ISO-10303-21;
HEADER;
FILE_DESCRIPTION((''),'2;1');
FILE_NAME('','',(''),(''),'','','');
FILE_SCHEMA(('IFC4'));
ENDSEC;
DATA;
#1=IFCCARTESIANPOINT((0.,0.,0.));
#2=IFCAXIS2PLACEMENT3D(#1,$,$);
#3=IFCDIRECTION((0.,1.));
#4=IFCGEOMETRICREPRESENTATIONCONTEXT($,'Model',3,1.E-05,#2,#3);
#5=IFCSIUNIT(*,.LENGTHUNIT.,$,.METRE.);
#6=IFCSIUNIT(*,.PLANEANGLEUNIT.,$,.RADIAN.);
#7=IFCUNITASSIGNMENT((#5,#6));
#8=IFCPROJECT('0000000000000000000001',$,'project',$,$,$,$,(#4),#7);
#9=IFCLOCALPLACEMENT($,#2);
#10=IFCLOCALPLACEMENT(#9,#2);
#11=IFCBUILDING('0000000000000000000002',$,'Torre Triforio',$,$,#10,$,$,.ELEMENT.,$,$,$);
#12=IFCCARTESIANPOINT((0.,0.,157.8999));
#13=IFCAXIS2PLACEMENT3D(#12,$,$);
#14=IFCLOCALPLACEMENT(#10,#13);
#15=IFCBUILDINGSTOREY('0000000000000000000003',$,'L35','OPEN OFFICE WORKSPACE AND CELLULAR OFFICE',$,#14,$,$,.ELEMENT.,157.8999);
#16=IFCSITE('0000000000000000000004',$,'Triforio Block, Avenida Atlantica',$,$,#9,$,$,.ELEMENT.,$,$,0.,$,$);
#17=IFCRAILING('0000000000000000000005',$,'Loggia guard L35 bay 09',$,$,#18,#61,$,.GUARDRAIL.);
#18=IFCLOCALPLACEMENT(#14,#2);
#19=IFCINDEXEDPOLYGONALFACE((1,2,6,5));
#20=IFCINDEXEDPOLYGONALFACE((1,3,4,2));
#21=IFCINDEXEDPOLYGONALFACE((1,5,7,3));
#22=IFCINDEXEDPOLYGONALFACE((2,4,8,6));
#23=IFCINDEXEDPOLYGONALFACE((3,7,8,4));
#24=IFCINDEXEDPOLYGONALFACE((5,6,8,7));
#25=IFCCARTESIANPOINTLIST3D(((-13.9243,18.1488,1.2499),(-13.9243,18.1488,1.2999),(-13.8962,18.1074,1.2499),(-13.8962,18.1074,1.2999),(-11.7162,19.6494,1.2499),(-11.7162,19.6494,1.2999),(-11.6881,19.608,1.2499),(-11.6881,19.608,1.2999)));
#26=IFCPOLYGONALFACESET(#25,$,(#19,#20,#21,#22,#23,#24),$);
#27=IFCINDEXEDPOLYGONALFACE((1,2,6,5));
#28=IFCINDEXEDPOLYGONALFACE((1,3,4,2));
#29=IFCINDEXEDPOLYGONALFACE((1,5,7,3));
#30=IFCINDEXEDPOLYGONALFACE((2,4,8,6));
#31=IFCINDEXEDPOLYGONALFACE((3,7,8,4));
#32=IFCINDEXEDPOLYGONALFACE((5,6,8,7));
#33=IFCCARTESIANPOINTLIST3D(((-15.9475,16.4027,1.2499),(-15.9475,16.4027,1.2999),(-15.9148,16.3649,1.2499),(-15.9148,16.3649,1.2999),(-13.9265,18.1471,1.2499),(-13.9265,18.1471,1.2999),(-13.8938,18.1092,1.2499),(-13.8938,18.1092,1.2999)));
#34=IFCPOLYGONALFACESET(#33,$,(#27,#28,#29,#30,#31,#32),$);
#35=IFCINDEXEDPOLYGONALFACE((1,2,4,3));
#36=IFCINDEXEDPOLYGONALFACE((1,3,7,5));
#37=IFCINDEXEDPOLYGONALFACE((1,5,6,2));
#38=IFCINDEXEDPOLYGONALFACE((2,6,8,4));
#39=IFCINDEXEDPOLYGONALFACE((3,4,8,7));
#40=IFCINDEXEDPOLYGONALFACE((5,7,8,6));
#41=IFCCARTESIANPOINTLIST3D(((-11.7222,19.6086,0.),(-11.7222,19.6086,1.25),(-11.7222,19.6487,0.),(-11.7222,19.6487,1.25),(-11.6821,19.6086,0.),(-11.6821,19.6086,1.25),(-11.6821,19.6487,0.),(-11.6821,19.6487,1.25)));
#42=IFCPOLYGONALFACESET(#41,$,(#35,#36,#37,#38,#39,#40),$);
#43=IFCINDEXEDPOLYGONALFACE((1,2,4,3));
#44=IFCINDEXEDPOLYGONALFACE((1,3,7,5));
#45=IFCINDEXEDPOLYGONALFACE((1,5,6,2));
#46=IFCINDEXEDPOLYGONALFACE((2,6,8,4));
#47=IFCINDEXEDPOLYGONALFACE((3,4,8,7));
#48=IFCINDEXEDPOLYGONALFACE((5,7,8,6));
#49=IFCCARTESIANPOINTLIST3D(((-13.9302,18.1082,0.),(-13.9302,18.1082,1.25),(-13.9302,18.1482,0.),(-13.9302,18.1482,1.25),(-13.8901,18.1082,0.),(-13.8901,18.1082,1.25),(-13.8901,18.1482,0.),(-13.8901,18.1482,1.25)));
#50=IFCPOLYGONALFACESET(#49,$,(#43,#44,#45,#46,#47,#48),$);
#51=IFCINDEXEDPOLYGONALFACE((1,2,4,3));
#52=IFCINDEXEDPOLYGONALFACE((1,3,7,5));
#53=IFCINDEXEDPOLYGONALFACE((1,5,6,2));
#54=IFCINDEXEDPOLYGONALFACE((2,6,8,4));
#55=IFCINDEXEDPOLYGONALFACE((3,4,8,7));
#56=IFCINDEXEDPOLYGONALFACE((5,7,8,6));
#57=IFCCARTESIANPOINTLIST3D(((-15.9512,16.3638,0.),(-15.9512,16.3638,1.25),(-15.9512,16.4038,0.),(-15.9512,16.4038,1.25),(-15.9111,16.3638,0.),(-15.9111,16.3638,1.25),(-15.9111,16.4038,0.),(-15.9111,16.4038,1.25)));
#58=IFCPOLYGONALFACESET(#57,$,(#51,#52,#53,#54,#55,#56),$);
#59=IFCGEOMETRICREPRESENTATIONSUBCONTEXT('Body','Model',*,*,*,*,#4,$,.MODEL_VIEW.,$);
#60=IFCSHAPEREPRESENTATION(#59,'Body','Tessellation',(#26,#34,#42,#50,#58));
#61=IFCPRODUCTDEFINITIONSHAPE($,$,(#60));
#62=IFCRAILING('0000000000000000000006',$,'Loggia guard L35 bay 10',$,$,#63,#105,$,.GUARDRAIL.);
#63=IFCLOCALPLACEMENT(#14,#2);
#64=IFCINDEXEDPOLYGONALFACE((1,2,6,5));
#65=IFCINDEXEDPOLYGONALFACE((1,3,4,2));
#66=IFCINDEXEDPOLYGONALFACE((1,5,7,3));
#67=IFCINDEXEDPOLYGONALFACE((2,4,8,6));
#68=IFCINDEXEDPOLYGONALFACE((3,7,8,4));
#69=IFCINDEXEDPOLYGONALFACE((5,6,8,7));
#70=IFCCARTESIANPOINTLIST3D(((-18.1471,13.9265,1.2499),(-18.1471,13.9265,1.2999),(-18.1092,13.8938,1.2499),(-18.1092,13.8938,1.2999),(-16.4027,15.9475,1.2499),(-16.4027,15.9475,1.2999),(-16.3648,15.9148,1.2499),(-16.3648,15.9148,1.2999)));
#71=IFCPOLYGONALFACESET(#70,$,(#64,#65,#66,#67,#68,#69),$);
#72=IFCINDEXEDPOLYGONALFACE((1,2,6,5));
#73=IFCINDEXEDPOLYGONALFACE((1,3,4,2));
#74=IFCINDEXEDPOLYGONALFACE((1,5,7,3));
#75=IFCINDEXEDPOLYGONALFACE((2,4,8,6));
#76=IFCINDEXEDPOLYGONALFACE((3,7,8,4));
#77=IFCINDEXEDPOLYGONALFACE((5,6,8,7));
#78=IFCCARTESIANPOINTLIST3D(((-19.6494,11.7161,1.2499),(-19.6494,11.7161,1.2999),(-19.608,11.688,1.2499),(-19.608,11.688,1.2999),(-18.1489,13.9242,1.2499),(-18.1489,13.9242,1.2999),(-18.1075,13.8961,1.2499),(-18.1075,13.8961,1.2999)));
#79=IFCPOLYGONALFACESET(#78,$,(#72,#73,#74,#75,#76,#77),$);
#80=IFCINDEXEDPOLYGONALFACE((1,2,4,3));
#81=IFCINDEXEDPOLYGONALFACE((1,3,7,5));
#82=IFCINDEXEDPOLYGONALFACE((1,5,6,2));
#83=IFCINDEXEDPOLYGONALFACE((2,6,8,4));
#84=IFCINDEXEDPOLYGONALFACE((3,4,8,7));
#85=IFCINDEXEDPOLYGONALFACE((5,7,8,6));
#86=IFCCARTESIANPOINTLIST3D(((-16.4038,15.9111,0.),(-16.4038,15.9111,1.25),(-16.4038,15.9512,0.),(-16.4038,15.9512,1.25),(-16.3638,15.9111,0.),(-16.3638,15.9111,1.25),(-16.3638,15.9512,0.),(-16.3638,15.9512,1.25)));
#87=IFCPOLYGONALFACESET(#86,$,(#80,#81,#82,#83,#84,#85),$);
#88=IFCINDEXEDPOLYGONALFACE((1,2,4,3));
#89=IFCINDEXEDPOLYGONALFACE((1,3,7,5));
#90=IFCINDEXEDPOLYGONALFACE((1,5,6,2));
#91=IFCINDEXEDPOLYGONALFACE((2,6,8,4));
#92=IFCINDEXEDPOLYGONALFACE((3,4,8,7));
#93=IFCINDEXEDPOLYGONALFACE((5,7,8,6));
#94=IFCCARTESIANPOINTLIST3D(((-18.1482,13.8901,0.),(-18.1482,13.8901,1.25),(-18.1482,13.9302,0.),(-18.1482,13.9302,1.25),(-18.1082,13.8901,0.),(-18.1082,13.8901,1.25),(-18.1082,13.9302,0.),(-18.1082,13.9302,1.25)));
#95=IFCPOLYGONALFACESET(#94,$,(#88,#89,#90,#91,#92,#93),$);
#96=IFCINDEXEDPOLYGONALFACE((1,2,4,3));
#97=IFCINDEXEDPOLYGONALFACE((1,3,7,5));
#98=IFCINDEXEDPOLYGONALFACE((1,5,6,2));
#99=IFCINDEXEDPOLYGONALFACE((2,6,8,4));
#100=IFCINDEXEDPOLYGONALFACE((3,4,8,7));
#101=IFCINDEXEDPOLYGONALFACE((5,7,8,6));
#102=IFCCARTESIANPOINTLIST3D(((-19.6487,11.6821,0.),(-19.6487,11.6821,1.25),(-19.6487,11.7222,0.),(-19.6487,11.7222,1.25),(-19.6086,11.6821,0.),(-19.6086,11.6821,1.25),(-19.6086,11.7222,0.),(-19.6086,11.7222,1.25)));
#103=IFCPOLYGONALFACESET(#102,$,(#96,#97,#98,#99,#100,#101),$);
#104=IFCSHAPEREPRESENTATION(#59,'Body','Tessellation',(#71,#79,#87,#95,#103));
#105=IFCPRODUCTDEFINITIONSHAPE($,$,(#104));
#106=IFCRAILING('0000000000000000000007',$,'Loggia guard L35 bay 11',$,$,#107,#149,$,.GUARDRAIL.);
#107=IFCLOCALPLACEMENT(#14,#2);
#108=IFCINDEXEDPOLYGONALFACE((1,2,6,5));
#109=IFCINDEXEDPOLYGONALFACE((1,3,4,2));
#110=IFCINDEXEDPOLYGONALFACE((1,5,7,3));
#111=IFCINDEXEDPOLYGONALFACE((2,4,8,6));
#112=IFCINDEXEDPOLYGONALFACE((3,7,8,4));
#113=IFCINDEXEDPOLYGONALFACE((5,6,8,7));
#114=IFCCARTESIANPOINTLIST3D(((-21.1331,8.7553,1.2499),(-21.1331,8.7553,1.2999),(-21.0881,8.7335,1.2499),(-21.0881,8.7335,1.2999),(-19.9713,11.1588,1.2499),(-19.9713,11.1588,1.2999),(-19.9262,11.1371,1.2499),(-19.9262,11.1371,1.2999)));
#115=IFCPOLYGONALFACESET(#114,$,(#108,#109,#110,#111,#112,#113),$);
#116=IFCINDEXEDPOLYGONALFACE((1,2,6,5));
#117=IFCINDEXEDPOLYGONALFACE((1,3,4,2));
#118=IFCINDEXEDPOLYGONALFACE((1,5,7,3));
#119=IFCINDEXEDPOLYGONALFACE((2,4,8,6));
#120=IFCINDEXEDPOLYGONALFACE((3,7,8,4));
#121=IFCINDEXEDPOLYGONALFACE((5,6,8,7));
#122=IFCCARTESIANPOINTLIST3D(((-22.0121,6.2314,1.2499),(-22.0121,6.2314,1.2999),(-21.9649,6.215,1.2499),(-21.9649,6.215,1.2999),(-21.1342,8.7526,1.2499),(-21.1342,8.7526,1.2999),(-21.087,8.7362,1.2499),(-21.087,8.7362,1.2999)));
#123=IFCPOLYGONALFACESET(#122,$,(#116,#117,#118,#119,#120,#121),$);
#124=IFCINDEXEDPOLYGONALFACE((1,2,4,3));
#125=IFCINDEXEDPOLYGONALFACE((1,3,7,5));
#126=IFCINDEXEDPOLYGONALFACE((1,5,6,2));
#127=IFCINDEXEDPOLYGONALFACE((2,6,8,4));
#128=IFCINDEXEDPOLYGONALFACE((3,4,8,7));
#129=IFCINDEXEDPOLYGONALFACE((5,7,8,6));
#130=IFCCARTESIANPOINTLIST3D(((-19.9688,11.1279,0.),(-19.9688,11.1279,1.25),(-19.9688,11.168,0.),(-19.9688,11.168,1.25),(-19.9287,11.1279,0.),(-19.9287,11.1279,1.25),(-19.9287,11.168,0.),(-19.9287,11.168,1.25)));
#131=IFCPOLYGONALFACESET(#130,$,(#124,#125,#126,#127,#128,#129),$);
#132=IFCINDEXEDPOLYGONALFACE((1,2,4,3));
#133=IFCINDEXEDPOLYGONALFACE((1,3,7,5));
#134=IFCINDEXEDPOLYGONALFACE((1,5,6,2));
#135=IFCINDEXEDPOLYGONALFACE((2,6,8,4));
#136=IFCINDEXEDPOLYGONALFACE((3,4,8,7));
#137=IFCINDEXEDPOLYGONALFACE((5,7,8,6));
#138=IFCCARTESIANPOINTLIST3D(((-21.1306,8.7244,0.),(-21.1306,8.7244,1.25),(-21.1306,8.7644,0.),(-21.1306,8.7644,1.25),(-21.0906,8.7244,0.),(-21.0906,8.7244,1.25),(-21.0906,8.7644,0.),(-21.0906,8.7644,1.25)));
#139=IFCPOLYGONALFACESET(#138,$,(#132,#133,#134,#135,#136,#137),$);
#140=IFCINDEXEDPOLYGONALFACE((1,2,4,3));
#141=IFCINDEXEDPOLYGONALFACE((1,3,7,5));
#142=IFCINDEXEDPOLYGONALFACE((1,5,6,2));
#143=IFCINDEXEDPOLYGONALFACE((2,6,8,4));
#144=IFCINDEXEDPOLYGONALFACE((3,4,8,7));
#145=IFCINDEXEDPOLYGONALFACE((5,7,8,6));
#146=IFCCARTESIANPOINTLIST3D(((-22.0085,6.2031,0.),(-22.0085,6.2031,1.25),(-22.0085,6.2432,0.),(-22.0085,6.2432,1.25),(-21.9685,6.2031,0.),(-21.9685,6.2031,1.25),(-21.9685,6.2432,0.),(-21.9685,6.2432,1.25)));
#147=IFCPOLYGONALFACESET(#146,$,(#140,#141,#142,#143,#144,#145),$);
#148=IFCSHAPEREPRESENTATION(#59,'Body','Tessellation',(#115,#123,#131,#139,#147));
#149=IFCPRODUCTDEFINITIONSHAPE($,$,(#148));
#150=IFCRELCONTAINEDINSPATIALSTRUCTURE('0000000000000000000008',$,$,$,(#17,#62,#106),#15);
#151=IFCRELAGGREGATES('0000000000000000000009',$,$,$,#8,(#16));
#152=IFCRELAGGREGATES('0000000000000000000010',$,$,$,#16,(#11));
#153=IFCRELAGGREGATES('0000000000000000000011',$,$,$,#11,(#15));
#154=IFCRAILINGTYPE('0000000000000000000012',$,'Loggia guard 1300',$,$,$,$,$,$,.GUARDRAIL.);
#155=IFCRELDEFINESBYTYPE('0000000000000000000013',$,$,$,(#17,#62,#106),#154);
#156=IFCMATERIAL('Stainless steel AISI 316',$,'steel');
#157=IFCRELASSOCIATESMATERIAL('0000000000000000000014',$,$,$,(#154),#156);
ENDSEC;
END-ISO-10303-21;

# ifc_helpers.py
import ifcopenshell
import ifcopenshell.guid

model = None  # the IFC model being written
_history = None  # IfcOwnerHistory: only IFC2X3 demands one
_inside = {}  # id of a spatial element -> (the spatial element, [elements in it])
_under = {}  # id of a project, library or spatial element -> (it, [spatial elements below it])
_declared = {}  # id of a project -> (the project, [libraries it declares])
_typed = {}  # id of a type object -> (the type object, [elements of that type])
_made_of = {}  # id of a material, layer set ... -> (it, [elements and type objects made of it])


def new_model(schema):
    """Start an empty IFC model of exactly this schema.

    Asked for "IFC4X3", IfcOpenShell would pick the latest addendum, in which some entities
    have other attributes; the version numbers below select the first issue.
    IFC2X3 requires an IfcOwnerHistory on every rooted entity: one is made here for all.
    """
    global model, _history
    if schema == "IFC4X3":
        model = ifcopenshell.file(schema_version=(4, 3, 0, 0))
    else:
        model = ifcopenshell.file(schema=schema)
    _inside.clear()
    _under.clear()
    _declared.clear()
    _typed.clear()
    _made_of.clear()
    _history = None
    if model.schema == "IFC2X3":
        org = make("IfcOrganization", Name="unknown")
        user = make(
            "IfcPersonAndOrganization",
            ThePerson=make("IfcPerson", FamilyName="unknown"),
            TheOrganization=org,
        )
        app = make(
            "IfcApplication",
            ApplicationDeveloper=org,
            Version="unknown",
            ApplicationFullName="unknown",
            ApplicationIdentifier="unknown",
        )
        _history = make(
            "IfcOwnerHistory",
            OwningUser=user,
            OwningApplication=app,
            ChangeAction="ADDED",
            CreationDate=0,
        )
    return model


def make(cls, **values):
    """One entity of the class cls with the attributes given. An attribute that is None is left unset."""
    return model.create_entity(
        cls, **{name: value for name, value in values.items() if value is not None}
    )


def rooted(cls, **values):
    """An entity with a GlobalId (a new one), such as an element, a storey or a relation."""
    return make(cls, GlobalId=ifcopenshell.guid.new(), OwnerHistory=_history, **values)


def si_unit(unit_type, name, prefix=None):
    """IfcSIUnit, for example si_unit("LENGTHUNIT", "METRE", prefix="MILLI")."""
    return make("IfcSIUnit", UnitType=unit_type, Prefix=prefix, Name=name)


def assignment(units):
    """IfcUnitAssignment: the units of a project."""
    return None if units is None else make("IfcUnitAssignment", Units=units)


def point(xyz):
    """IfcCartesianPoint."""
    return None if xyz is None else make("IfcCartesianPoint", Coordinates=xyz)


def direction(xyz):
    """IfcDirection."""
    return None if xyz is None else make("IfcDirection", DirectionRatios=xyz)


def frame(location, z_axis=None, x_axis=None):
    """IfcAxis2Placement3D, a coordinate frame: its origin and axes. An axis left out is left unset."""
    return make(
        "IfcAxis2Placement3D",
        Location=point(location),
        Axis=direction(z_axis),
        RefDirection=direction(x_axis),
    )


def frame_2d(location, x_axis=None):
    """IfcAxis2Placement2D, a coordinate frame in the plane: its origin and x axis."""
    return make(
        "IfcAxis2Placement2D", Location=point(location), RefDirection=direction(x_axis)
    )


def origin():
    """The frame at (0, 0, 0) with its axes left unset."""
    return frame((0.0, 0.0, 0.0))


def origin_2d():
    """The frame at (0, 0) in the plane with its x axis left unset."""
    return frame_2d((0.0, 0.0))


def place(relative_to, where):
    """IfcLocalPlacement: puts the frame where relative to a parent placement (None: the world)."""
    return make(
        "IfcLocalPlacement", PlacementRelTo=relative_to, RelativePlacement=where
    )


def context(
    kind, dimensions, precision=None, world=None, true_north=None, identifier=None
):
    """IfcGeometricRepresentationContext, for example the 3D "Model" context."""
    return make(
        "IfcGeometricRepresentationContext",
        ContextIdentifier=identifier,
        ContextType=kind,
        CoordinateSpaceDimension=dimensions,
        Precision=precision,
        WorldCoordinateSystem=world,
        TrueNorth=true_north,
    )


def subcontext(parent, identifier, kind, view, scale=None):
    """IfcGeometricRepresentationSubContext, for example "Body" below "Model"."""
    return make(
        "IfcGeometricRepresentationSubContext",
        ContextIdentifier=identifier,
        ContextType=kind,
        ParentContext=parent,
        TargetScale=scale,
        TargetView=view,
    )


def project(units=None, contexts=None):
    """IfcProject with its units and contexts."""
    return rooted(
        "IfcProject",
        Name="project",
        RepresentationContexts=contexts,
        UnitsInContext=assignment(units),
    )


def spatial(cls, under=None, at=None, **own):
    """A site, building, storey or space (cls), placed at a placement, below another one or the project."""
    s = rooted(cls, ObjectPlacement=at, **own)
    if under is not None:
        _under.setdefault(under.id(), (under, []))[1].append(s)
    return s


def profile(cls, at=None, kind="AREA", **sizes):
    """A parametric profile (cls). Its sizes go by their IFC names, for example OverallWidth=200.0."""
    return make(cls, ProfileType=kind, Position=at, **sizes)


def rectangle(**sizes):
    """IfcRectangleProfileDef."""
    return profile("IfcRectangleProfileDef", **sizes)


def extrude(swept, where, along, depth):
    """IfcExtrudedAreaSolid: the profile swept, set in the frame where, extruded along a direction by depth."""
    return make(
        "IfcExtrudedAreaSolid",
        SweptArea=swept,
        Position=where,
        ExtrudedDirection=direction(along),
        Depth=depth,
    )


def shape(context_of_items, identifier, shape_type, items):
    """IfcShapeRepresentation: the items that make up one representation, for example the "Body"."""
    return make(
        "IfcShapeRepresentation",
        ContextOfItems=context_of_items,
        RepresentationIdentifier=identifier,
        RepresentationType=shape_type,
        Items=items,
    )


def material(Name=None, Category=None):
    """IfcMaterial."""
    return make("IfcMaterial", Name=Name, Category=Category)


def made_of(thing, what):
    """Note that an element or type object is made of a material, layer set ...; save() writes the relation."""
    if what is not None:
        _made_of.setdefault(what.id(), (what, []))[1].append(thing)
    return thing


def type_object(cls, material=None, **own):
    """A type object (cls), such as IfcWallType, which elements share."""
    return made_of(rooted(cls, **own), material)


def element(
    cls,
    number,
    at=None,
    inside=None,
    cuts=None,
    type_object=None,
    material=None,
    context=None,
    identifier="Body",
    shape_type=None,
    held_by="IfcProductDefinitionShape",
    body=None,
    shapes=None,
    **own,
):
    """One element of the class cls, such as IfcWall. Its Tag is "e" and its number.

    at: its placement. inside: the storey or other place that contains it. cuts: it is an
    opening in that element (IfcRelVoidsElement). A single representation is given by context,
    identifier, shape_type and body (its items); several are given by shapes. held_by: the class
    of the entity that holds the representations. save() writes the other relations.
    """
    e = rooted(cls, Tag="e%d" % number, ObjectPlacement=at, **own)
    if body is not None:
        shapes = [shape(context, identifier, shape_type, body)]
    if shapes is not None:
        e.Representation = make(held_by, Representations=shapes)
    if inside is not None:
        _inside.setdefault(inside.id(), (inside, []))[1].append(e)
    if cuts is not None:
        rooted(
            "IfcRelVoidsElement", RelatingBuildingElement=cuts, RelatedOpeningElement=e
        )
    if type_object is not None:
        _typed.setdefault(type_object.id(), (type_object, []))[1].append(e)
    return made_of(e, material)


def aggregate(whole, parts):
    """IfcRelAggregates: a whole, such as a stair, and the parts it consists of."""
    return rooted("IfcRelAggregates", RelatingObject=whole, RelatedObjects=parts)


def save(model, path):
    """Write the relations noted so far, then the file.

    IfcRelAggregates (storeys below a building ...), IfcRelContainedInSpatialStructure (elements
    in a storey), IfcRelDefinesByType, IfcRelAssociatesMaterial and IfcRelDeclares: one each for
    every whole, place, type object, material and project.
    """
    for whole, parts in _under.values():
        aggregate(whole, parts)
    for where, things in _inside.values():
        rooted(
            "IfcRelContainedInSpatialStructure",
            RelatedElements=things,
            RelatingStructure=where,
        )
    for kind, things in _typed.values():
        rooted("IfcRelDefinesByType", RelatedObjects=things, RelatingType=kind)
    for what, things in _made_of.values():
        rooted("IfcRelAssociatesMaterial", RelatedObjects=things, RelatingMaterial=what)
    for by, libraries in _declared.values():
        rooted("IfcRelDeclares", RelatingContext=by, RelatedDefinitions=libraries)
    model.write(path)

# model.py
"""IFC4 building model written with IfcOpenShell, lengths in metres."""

from ifc_helpers import new_model, si_unit, direction, frame, origin, origin_2d, place, context, subcontext, project, spatial, rectangle, extrude, material, type_object, element, save


model = new_model("IFC4")

# Units and contexts
model_context = context("Model", 3, precision=1e-05, world=origin(), true_north=direction((0.0, 1.0)))
body_context = subcontext(model_context, "Body", "Model", "MODEL_VIEW")
ifc_project = project(units=[si_unit("LENGTHUNIT", "METRE"), si_unit("PLANEANGLEUNIT", "RADIAN")], contexts=[model_context])

# Site, building, storey
site_placement = place(None, origin())
site = spatial("IfcSite", under=ifc_project, at=site_placement, Name="Triforio Block, Avenida Atlantica", CompositionType="ELEMENT", RefElevation=0.0)
building_placement = place(site_placement, origin())
building = spatial("IfcBuilding", under=site, at=building_placement, Name="Torre Triforio", CompositionType="ELEMENT")
storey_placement = place(building_placement, frame((0.0, 0.0, 157.8999)))
storey = spatial("IfcBuildingStorey", under=building, at=storey_placement, Name="L35", Description="OPEN OFFICE WORKSPACE AND CELLULAR OFFICE", CompositionType="ELEMENT", Elevation=157.8999)

# Railings
ifc_material_1 = material(Name="Stainless steel AISI 316", Category="steel")
railing_type = type_object("IfcRailingType", Name="Loggia guard 1300", PredefinedType="GUARDRAIL", material=ifc_material_1)
railing_1_placement = place(storey_placement, frame((-11.7021, 19.6287, 0.0)))
element("IfcRailing", 1, at=railing_1_placement, inside=storey, type_object=railing_type, Name="Loggia guard L35 bay 09", PredefinedType="GUARDRAIL", context=body_context, shape_type="SweptSolid", body=[
    extrude(rectangle(XDim=0.05, YDim=0.05, at=origin_2d()), frame((0.0, 0.0, 1.2749), z_axis=(-0.827093, -0.562065, 0.0), x_axis=(0.562065, -0.827093, 0.0)), (0.0, 0.0, 1.0), 2.6697),
    extrude(rectangle(XDim=0.05, YDim=0.05, at=origin_2d()), frame((-2.208, -1.5005, 1.2749), z_axis=(-0.757012, -0.653401, 0.0), x_axis=(0.653401, -0.757012, 0.0)), (0.0, 0.0, 1.0), 2.6697),
    extrude(rectangle(XDim=0.04, YDim=0.04, at=origin_2d()), origin(), (0.0, 0.0, 1.0), 1.25),
    extrude(rectangle(XDim=0.04, YDim=0.04, at=origin_2d()), frame((-2.208, -1.5005, 0.0)), (0.0, 0.0, 1.0), 1.25),
    extrude(rectangle(XDim=0.04, YDim=0.04, at=origin_2d()), frame((-4.229, -3.2449, 0.0)), (0.0, 0.0, 1.0), 1.25),
])
railing_2_placement = place(storey_placement, frame((-16.3838, 15.9312, 0.0)))
element("IfcRailing", 2, at=railing_2_placement, inside=storey, type_object=railing_type, Name="Loggia guard L35 bay 10", PredefinedType="GUARDRAIL", context=body_context, shape_type="SweptSolid", body=[
    extrude(rectangle(XDim=0.05, YDim=0.05, at=origin_2d()), frame((0.0, 0.0, 1.2749), z_axis=(-0.653401, -0.757012, 0.0), x_axis=(0.757012, -0.653401, 0.0)), (0.0, 0.0, 1.0), 2.6697),
    extrude(rectangle(XDim=0.05, YDim=0.05, at=origin_2d()), frame((-1.7444, -2.021, 1.2749), z_axis=(-0.562065, -0.827093, 0.0), x_axis=(0.827093, -0.562065, 0.0)), (0.0, 0.0, 1.0), 2.6697),
    extrude(rectangle(XDim=0.04, YDim=0.04, at=origin_2d()), origin(), (0.0, 0.0, 1.0), 1.25),
    extrude(rectangle(XDim=0.04, YDim=0.04, at=origin_2d()), frame((-1.7444, -2.021, 0.0)), (0.0, 0.0, 1.0), 1.25),
    extrude(rectangle(XDim=0.04, YDim=0.04, at=origin_2d()), frame((-3.2449, -4.229, 0.0)), (0.0, 0.0, 1.0), 1.25),
])
railing_3_placement = place(storey_placement, frame((-19.9487, 11.1479, 0.0)))
element("IfcRailing", 3, at=railing_3_placement, inside=storey, type_object=railing_type, Name="Loggia guard L35 bay 11", PredefinedType="GUARDRAIL", context=body_context, shape_type="SweptSolid", body=[
    extrude(rectangle(XDim=0.05, YDim=0.05, at=origin_2d()), frame((0.0, 0.0, 1.2749), z_axis=(-0.435212, -0.900328, 0.0), x_axis=(0.900328, -0.435212, 0.0)), (0.0, 0.0, 1.0), 2.6697),
    extrude(rectangle(XDim=0.05, YDim=0.05, at=origin_2d()), frame((-1.1619, -2.4036, 1.2749), z_axis=(-0.328847, -0.944383, 0.0), x_axis=(0.944383, -0.328847, 0.0)), (0.0, 0.0, 1.0), 2.6697),
    extrude(rectangle(XDim=0.04, YDim=0.04, at=origin_2d()), origin(), (0.0, 0.0, 1.0), 1.25),
    extrude(rectangle(XDim=0.04, YDim=0.04, at=origin_2d()), frame((-1.1619, -2.4036, 0.0)), (0.0, 0.0, 1.0), 1.25),
    extrude(rectangle(XDim=0.04, YDim=0.04, at=origin_2d()), frame((-2.0398, -4.9248, 0.0)), (0.0, 0.0, 1.0), 1.25),
])

save(model, "model.ifc")
